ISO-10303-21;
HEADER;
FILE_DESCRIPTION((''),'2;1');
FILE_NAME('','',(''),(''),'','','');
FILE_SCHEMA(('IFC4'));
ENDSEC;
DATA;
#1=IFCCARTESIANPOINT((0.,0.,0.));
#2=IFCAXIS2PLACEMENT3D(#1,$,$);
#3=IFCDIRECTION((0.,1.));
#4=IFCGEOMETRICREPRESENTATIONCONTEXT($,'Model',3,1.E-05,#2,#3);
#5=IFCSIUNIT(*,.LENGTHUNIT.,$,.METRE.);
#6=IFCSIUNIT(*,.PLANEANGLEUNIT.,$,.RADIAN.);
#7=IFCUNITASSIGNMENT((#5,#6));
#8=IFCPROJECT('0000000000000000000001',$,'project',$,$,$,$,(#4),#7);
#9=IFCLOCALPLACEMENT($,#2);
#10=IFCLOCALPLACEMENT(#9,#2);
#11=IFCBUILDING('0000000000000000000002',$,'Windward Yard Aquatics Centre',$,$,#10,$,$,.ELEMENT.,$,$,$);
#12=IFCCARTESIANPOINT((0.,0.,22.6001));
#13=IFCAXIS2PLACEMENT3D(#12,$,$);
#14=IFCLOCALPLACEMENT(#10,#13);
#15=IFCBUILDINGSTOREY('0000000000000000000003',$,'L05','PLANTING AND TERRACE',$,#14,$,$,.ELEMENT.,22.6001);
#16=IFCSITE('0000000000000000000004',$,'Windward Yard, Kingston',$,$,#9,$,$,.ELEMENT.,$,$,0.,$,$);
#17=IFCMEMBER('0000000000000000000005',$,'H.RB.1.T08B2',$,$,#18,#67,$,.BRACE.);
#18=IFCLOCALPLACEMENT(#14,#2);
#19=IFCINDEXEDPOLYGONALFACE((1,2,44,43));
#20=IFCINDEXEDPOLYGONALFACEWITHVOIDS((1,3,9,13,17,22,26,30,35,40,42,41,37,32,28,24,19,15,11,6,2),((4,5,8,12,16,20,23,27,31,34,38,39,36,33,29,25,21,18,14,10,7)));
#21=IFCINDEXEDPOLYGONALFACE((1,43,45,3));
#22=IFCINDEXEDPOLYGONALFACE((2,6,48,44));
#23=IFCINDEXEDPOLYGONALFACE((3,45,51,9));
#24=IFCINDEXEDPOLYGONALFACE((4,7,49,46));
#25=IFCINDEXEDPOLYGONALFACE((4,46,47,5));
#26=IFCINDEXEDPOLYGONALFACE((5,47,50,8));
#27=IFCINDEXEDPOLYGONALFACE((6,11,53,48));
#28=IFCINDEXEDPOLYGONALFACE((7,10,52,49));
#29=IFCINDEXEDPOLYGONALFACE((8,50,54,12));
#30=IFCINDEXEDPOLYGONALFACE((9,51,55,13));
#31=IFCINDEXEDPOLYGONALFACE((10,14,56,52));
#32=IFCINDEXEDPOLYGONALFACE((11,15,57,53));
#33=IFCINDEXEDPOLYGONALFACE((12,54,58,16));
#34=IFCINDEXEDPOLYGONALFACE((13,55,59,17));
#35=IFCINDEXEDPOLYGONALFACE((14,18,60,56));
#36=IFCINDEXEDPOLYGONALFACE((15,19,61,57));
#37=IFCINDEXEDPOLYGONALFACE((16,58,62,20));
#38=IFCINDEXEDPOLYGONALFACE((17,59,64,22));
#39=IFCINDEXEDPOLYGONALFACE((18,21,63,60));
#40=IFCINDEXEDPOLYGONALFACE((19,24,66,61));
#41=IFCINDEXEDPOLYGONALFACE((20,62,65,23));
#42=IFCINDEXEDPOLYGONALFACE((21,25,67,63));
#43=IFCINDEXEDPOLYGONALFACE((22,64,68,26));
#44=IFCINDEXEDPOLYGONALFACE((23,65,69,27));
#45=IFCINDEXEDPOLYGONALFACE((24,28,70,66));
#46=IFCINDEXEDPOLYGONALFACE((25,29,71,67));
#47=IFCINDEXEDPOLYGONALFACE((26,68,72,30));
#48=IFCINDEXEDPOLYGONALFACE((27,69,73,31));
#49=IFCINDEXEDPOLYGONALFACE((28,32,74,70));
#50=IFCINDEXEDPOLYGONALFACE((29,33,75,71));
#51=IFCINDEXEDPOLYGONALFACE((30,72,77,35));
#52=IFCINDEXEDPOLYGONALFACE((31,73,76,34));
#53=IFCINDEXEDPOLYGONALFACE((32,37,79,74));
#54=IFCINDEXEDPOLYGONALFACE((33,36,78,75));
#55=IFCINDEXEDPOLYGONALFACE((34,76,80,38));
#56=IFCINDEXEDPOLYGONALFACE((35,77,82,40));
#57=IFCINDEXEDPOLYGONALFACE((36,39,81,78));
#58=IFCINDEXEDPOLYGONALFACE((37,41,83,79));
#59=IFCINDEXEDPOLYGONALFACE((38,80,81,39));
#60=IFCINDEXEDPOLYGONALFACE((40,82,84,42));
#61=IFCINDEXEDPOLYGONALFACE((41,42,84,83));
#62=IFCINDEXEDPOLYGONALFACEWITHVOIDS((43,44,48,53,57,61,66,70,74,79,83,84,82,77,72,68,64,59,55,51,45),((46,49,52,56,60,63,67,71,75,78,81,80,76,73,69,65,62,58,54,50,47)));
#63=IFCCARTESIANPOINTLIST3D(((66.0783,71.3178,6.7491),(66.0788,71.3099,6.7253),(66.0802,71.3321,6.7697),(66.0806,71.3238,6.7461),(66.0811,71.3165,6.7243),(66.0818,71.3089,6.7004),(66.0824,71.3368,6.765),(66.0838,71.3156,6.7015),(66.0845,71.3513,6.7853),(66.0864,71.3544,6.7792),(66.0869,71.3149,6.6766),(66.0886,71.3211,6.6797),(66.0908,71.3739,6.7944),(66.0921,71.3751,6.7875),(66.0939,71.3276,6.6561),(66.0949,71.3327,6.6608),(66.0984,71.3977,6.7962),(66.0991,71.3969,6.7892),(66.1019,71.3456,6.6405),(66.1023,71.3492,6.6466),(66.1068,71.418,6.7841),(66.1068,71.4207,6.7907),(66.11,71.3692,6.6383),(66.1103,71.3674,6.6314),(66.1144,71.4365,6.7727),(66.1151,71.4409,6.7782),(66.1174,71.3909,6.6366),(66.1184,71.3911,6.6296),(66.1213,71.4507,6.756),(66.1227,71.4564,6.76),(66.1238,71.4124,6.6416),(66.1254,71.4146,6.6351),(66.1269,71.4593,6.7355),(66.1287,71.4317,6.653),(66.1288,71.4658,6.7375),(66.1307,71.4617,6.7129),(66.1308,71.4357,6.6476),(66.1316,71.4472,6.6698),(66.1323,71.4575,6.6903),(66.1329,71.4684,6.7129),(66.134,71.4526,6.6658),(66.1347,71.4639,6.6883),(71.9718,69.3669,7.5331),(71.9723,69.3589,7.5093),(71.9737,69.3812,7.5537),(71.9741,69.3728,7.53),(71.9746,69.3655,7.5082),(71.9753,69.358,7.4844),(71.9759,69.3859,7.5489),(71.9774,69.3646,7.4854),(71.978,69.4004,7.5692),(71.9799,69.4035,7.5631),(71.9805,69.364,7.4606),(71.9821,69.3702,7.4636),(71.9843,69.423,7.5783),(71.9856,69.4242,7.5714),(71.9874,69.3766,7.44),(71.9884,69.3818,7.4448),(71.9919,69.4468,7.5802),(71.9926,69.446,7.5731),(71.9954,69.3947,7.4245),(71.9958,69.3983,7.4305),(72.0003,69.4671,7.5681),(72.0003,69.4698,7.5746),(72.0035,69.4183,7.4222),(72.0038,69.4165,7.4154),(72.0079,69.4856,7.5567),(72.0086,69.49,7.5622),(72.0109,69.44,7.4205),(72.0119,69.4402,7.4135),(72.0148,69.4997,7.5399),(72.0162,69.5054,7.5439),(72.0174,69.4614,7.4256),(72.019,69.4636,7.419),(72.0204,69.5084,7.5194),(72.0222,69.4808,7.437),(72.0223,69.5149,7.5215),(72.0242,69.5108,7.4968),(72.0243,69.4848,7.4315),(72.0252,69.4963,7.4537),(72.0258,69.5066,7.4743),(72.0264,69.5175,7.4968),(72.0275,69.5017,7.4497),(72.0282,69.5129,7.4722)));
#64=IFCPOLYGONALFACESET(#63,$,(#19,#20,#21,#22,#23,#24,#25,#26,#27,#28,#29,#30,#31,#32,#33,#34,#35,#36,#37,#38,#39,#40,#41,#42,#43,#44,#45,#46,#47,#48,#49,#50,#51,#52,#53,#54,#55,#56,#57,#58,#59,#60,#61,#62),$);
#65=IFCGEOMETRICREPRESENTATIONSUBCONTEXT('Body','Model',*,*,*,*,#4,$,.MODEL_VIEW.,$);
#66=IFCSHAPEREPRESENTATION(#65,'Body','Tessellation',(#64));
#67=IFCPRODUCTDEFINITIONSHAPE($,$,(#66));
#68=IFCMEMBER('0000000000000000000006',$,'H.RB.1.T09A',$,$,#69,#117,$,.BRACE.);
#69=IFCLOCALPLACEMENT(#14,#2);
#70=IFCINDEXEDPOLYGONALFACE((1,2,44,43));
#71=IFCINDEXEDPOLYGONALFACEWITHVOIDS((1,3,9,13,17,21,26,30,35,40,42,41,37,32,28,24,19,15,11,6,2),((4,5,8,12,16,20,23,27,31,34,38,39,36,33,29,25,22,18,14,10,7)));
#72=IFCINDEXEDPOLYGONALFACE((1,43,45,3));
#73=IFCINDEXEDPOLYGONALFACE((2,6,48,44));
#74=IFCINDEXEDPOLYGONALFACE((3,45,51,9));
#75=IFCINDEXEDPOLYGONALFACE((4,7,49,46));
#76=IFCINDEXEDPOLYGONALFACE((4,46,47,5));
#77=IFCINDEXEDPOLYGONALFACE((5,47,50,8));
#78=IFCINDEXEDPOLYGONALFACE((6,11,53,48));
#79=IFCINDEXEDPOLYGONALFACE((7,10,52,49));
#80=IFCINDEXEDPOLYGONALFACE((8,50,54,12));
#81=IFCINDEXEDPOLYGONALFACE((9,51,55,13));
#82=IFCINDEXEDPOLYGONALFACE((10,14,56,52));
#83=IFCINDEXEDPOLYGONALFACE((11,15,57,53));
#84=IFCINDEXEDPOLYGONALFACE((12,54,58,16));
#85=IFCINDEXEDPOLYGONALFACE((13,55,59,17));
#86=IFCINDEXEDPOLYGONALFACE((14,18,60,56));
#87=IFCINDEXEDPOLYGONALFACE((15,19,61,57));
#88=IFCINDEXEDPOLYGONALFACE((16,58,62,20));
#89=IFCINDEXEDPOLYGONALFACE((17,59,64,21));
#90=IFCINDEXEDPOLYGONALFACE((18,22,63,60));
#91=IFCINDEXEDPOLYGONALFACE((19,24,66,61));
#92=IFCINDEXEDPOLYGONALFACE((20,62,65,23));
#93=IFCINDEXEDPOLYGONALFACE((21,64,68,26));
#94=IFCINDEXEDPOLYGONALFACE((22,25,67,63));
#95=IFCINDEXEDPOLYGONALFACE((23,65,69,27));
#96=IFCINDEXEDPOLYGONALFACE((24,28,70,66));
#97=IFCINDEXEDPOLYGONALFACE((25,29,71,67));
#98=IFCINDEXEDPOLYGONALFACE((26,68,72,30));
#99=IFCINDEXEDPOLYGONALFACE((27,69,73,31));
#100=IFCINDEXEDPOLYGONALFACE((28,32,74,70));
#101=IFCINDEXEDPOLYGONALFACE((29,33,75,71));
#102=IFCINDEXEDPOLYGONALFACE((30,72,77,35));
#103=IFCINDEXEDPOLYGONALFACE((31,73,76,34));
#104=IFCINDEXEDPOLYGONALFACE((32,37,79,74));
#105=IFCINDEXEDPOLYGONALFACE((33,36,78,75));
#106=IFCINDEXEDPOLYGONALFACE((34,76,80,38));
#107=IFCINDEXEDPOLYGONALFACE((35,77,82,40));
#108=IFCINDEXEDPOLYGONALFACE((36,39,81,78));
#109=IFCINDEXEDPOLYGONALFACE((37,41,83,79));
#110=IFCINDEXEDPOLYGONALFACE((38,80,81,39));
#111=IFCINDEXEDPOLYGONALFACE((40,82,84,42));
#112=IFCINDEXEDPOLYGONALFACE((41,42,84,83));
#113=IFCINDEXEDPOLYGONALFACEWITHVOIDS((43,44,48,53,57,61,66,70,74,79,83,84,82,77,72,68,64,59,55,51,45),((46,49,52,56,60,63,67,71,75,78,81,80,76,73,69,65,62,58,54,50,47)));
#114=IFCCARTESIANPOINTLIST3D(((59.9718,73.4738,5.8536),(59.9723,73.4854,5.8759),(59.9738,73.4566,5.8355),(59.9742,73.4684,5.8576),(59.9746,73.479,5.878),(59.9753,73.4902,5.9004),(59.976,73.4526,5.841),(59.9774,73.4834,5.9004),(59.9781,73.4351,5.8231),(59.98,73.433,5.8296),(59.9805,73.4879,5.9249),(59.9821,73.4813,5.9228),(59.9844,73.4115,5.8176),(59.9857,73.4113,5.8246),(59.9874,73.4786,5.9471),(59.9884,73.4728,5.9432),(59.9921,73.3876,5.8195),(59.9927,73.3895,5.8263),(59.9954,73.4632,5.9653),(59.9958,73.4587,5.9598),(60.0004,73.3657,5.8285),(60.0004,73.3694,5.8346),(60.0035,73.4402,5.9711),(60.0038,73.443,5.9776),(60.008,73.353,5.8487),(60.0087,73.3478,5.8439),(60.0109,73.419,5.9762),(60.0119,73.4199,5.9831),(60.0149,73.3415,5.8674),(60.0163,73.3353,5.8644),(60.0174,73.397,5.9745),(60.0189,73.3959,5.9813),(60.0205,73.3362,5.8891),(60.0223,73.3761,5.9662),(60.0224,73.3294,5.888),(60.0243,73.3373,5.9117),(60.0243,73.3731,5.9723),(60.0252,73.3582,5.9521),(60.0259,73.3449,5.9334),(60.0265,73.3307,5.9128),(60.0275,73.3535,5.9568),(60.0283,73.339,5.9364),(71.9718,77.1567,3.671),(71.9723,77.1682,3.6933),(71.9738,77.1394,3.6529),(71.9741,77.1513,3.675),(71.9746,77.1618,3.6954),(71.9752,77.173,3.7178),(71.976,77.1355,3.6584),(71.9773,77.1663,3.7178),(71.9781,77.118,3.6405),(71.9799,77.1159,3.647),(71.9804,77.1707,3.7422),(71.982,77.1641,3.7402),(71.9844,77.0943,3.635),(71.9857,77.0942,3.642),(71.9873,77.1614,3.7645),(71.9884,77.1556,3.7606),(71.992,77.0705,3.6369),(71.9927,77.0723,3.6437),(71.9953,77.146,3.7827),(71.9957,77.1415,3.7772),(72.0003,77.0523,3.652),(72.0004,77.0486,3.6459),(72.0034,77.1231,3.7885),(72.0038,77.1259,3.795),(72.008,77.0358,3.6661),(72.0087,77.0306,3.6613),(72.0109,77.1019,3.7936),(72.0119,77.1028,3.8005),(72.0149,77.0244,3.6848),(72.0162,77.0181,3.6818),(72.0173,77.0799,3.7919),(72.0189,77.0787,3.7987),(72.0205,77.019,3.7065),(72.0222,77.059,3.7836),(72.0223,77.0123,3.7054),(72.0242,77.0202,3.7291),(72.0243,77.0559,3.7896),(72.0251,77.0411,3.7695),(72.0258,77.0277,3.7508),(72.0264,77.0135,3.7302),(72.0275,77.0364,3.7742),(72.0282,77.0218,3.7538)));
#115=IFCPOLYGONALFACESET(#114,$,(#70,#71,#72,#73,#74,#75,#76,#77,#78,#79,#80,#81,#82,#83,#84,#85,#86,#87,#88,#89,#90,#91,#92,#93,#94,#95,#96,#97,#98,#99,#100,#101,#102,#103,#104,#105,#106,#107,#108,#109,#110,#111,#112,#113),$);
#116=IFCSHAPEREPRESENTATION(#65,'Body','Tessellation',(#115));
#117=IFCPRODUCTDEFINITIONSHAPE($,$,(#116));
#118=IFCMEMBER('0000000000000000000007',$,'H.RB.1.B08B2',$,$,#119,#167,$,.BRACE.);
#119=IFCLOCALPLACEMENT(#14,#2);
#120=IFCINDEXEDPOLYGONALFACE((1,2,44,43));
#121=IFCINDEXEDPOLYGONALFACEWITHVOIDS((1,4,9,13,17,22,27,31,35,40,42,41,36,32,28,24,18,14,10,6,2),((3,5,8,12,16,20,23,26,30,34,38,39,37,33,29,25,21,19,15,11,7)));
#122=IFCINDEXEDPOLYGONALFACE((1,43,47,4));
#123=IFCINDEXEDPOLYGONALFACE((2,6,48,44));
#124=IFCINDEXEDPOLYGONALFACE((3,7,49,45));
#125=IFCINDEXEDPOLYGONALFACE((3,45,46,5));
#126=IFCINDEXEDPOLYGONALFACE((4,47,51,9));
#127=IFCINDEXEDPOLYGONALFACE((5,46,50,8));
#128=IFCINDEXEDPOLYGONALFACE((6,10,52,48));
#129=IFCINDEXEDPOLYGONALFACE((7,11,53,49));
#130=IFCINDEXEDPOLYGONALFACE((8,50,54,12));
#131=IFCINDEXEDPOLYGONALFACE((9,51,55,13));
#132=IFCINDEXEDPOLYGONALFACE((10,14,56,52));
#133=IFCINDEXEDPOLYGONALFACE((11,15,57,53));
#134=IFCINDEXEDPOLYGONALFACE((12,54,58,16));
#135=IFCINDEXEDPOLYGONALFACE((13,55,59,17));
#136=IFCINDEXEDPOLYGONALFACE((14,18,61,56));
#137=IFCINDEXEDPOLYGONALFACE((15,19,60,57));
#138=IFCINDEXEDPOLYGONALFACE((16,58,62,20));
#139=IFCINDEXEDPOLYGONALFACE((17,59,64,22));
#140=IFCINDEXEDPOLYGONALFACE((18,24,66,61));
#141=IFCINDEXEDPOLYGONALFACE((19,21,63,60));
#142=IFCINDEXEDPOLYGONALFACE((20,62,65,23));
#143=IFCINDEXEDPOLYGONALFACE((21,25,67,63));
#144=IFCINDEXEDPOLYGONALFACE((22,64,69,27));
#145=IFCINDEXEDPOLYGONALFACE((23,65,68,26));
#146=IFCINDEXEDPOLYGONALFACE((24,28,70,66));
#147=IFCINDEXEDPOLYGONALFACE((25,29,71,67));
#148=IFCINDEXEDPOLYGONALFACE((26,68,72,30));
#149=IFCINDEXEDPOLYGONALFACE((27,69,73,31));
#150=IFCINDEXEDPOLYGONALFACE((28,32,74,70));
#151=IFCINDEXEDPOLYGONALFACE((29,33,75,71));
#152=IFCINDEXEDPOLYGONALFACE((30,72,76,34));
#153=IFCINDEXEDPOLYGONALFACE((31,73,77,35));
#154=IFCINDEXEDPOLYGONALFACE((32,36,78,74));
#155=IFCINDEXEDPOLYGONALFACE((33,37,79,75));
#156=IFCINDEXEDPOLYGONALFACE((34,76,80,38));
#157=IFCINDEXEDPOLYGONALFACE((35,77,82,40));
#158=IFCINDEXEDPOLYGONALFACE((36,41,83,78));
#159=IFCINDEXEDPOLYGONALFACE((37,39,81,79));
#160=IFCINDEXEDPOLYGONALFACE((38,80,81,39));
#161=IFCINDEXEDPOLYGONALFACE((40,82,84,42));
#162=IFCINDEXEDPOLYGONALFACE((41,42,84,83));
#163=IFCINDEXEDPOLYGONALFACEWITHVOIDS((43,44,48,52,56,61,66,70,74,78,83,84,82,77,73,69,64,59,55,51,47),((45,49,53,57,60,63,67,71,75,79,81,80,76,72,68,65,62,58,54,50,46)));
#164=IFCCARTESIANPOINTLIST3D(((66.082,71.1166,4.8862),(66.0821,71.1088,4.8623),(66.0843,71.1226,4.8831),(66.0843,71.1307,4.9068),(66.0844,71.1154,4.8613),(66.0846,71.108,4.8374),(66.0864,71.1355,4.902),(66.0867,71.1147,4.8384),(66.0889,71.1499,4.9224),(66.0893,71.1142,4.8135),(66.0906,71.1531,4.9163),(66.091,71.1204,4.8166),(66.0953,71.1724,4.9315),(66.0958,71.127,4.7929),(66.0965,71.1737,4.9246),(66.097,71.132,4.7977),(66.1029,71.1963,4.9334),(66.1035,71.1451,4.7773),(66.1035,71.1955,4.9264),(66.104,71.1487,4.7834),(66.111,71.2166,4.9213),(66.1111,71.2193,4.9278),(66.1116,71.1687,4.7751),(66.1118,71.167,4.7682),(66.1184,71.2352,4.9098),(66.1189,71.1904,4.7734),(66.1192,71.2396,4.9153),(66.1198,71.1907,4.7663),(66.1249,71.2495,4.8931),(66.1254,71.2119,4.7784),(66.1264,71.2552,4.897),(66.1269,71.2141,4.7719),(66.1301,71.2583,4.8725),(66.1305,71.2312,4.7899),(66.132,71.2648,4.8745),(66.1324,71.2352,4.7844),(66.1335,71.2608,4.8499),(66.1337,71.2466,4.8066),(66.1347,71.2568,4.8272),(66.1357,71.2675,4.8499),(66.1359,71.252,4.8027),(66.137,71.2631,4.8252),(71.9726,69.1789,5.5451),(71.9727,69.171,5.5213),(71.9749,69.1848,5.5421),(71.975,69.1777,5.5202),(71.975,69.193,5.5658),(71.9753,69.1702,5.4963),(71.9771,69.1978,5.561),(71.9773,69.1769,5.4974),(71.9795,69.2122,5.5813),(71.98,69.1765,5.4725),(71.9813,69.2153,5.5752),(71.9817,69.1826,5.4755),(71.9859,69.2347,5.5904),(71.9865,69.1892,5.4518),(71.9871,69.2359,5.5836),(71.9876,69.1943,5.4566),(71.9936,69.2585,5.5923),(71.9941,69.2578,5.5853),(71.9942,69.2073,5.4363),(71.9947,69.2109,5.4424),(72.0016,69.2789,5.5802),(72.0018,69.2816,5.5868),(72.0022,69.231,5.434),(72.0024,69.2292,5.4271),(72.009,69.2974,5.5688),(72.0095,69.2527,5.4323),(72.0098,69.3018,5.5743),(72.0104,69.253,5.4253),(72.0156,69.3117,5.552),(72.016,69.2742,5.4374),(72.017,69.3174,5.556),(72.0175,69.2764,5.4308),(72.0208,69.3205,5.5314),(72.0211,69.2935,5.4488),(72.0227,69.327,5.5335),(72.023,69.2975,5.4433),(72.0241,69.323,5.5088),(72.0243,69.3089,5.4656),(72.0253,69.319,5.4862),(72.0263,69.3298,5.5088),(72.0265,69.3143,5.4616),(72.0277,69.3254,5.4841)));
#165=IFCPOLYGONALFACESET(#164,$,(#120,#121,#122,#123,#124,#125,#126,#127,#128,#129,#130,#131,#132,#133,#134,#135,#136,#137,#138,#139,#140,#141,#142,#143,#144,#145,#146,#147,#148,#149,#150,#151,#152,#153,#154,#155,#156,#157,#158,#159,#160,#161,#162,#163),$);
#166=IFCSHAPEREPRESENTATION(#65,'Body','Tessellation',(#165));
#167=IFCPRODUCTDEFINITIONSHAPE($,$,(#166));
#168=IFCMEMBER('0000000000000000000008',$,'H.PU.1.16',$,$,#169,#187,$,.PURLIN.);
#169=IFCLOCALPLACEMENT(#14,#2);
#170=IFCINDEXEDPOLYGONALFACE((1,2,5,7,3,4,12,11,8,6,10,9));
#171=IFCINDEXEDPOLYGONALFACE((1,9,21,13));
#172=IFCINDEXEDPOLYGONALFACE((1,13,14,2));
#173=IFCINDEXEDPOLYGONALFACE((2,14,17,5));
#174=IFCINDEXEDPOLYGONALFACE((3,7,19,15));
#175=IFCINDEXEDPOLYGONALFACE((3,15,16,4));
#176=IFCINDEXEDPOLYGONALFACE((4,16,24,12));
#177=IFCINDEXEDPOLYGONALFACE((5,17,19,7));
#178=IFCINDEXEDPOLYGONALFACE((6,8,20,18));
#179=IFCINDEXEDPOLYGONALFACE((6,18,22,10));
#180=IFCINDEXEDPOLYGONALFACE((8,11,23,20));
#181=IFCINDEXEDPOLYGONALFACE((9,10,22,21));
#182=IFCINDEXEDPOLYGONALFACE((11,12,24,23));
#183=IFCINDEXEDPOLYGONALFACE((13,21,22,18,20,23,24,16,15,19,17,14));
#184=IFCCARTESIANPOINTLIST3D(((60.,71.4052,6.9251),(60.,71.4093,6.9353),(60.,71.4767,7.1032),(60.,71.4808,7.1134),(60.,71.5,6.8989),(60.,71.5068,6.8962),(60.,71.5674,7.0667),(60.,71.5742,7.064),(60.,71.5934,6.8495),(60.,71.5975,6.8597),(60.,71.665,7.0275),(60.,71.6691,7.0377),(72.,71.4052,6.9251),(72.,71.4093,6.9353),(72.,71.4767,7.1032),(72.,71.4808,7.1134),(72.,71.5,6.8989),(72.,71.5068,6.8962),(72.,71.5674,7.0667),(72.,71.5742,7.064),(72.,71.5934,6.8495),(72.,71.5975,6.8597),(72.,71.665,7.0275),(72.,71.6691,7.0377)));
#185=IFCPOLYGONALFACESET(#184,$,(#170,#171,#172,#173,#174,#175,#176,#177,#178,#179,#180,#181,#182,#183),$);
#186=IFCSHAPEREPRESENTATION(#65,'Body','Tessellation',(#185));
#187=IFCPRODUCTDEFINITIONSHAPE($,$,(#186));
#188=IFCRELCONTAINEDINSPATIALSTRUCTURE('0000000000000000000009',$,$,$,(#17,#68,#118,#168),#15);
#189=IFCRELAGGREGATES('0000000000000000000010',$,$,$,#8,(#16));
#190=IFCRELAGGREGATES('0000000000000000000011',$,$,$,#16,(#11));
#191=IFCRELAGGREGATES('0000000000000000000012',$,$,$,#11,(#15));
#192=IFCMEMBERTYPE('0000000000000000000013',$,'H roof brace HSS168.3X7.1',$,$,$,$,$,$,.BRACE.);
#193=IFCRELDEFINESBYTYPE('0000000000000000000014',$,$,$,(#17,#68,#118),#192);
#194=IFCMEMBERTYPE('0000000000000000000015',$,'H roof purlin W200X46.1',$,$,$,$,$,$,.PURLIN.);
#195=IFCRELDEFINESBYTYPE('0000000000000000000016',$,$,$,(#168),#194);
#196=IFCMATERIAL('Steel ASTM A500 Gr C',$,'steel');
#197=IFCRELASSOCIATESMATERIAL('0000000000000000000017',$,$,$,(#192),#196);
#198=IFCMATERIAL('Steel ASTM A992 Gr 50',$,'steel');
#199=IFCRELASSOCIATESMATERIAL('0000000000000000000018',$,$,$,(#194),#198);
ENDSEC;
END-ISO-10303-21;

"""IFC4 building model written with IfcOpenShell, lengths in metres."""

from ifc_helpers import new_model, si_unit, direction, frame, origin, origin_2d, place, context, subcontext, project, spatial, hollow_circle, i_section, extrude, material, material_profile, profile_set, type_object, element, save


model = new_model("IFC4")

# Units and contexts
model_context = context("Model", 3, precision=1e-05, world=origin(), true_north=direction((0.0, 1.0)))
body_context = subcontext(model_context, "Body", "Model", "MODEL_VIEW")
ifc_project = project(units=[si_unit("LENGTHUNIT", "METRE"), si_unit("PLANEANGLEUNIT", "RADIAN")], contexts=[model_context])

# Site, building, storey
site_placement = place(None, origin())
site = spatial("IfcSite", under=ifc_project, at=site_placement, Name="Windward Yard, Kingston", CompositionType="ELEMENT", RefElevation=0.0)
building_placement = place(site_placement, origin())
building = spatial("IfcBuilding", under=site, at=building_placement, Name="Windward Yard Aquatics Centre", CompositionType="ELEMENT")
storey_placement = place(building_placement, frame((0.0, 0.0, 22.6001)))
storey = spatial("IfcBuildingStorey", under=building, at=storey_placement, Name="L05", Description="PLANTING AND TERRACE", CompositionType="ELEMENT", Elevation=22.6001)

# Members
ifc_material_1 = material(Name="Steel ASTM A500 Gr C", Category="steel")
ifc_material_profile_1 = material_profile(ifc_material_1, hollow_circle(Radius=0.0842, WallThickness=0.0071, at=origin_2d()), Name="HSS168.3X7.1")
ifc_profile_set_1 = profile_set([ifc_material_profile_1], Name="Steel ASTM A500 Gr C")
member_type_1 = type_object("IfcMemberType", Name="H roof brace HSS168.3X7.1", PredefinedType="BRACE", material=ifc_profile_set_1)
for number, where, z_axis, x_axis, name in (
    (1, (66.1064, 71.3884, 6.7129), (0.941858, -0.311781, 0.125282), (0.314257, 0.949338, 0.0), "H.RB.1.T08B2"),
):
    element("IfcMember", number, at=place(storey_placement, frame(where, z_axis=z_axis, x_axis=x_axis)), inside=storey, type_object=member_type_1, Name=name, PredefinedType="BRACE", context=body_context, shape_type="SweptSolid", body=[
        extrude(hollow_circle(Radius=0.0842, WallThickness=0.0071, at=origin_2d()), origin(), (0.0, 0.0, 1.0), 6.2573),
    ])
member_1_placement = place(storey_placement, frame((60.0, 73.4097, 5.9004), z_axis=(0.941858, 0.289061, -0.17131), x_axis=(-0.293398, 0.95599, 0.0)))
element("IfcMember", 2, at=member_1_placement, inside=storey, type_object=member_type_1, Name="H.RB.1.T09A", PredefinedType="BRACE", context=body_context, shape_type="SweptSolid", body=[
    extrude(hollow_circle(Radius=0.0842, WallThickness=0.0071, at=origin_2d()), origin(), (0.0, 0.0, 1.0), 12.7407),
])
member_2_placement = place(storey_placement, frame((66.1094, 71.1875, 4.8499), z_axis=(0.944606, -0.310732, 0.105665), x_axis=(0.312481, 0.949924, 0.0)))
element("IfcMember", 3, at=member_2_placement, inside=storey, type_object=member_type_1, Name="H.RB.1.B08B2", PredefinedType="BRACE", context=body_context, shape_type="SweptSolid", body=[
    extrude(hollow_circle(Radius=0.0842, WallThickness=0.0071, at=origin_2d()), origin(), (0.0, 0.0, 1.0), 6.2361),
])
ifc_material_2 = material(Name="Steel ASTM A992 Gr 50", Category="steel")
ifc_material_profile_2 = material_profile(ifc_material_2, i_section(OverallWidth=0.2029, OverallDepth=0.2029, WebThickness=0.0073, FlangeThickness=0.011, at=origin_2d()), Name="W200X46.1")
ifc_profile_set_2 = profile_set([ifc_material_profile_2], Name="Steel ASTM A992 Gr 50")
member_type_2 = type_object("IfcMemberType", Name="H roof purlin W200X46.1", PredefinedType="PURLIN", material=ifc_profile_set_2)
for number, where, z_axis, x_axis, name in (
    (4, (60.0, 71.5371, 6.9814), (1.0, 0.0, 0.0), (0.0, 0.927869, -0.372907), "H.PU.1.16"),
):
    element("IfcMember", number, at=place(storey_placement, frame(where, z_axis=z_axis, x_axis=x_axis)), inside=storey, type_object=member_type_2, Name=name, PredefinedType="PURLIN", context=body_context, shape_type="SweptSolid", body=[
        extrude(i_section(OverallWidth=0.2029, OverallDepth=0.2029, WebThickness=0.0073, FlangeThickness=0.011, at=origin_2d()), origin(), (0.0, 0.0, 1.0), 12.0),
    ])

save(model, "model.ifc")
